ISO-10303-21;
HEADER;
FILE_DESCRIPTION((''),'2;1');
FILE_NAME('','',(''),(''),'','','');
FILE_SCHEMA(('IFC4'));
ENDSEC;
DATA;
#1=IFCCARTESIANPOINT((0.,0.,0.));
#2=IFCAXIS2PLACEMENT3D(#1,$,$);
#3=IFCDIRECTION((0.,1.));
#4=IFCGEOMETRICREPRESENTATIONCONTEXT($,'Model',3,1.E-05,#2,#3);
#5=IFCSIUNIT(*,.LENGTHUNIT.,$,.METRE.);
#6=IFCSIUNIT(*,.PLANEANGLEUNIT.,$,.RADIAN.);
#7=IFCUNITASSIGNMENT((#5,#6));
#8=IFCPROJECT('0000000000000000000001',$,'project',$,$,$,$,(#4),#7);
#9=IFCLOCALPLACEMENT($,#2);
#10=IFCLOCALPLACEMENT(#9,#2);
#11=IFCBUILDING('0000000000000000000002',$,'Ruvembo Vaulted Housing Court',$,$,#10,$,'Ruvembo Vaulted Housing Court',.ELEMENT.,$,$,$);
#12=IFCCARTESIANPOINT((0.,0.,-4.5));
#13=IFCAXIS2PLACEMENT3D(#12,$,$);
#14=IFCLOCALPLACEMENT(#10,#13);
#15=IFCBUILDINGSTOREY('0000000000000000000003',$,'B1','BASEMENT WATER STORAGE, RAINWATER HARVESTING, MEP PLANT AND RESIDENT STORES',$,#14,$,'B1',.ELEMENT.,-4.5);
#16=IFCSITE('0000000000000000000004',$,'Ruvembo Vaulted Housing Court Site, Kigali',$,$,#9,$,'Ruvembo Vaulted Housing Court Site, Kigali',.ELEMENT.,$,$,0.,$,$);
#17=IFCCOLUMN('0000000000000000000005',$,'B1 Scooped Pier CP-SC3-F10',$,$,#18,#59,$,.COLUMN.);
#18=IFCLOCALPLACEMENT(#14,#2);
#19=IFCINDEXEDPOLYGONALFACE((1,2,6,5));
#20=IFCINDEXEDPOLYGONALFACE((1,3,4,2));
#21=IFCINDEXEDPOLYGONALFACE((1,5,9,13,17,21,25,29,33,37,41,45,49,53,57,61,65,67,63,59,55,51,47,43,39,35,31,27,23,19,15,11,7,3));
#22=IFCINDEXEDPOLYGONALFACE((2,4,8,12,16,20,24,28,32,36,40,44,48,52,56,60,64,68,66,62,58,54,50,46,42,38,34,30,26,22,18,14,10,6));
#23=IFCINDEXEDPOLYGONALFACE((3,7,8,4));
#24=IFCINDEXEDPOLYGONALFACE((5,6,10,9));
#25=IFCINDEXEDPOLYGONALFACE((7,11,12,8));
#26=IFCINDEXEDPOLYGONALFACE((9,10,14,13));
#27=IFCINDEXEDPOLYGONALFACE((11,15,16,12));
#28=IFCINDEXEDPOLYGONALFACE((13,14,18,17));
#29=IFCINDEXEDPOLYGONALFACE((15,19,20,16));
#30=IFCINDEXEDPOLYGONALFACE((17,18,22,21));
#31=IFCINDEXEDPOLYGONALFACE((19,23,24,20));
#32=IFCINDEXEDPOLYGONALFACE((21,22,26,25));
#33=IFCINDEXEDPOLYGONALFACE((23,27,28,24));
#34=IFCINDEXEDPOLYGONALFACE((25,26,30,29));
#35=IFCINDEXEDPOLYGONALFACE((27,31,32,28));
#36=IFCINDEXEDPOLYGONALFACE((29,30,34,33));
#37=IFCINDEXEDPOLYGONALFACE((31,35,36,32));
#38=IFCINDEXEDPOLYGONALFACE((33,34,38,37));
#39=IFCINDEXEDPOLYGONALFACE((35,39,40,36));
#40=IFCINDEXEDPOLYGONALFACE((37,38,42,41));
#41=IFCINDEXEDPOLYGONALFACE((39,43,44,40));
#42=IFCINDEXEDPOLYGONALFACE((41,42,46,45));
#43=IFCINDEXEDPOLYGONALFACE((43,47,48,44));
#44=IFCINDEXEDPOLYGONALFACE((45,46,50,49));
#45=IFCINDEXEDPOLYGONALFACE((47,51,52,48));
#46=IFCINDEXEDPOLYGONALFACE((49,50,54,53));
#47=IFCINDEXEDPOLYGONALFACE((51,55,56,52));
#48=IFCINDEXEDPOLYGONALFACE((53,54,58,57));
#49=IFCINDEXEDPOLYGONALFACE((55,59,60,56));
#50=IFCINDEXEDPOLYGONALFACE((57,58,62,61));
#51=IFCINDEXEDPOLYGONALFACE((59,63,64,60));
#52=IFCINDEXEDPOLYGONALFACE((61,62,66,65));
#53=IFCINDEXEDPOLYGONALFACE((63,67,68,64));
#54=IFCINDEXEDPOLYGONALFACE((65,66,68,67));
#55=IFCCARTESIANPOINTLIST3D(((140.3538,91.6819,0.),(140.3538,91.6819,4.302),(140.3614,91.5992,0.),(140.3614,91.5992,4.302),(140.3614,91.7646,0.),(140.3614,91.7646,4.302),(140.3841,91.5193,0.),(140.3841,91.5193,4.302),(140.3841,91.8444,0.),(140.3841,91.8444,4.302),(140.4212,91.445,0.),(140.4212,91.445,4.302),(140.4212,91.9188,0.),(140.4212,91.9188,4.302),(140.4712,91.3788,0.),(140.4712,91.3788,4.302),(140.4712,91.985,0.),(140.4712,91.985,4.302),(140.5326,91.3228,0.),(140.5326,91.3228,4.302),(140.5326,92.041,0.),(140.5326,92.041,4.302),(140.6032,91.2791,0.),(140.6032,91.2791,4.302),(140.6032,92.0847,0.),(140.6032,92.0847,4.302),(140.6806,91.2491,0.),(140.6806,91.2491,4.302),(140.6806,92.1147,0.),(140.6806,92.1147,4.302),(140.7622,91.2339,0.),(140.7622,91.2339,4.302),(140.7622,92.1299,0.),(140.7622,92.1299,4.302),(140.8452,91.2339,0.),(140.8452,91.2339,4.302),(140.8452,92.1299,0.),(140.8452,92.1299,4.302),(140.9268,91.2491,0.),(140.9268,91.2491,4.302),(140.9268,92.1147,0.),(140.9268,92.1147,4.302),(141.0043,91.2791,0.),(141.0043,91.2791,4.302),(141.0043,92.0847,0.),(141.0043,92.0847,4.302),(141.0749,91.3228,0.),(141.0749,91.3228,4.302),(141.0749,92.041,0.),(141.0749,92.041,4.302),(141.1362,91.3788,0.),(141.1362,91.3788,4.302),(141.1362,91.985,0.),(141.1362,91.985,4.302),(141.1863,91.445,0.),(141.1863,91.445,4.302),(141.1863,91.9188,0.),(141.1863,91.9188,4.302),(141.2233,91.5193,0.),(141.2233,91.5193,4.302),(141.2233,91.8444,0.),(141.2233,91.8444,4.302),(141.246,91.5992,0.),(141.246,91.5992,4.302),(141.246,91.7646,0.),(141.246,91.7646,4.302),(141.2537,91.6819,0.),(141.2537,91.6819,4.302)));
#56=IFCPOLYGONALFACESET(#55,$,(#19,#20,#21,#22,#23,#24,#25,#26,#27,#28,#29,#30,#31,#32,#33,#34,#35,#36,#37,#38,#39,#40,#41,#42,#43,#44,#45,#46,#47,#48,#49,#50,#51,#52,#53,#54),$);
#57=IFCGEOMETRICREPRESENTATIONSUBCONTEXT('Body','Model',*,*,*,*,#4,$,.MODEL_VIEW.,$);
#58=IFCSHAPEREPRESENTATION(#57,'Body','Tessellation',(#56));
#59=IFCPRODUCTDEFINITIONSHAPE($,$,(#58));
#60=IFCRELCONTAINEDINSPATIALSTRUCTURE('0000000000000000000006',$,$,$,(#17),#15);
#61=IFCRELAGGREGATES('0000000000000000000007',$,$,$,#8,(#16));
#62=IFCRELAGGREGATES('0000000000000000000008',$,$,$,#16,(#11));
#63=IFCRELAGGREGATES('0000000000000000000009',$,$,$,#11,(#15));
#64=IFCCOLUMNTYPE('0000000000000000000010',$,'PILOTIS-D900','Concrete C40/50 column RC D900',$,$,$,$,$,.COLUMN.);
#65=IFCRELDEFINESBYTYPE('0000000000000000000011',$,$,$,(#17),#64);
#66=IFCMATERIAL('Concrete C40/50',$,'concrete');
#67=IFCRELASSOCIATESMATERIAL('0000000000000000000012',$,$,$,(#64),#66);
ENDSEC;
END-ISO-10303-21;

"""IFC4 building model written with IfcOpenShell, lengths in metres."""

from ifc_helpers import new_model, si_unit, direction, frame, origin, origin_2d, place, context, subcontext, project, spatial, circle, extrude, material, material_profile, profile_set, type_object, element, save


model = new_model("IFC4")

# Units and contexts
model_context = context("Model", 3, precision=1e-05, world=origin(), true_north=direction((0.0, 1.0)))
body_context = subcontext(model_context, "Body", "Model", "MODEL_VIEW")
ifc_project = project(units=[si_unit("LENGTHUNIT", "METRE"), si_unit("PLANEANGLEUNIT", "RADIAN")], contexts=[model_context])

# Site, building, storey
site_placement = place(None, origin())
site = spatial("IfcSite", under=ifc_project, at=site_placement, Name="Ruvembo Vaulted Housing Court Site, Kigali", LongName="Ruvembo Vaulted Housing Court Site, Kigali", CompositionType="ELEMENT", RefElevation=0.0)
building_placement = place(site_placement, origin())
building = spatial("IfcBuilding", under=site, at=building_placement, Name="Ruvembo Vaulted Housing Court", LongName="Ruvembo Vaulted Housing Court", CompositionType="ELEMENT")
storey_placement = place(building_placement, frame((0.0, 0.0, -4.5)))
storey = spatial("IfcBuildingStorey", under=building, at=storey_placement, Name="B1", Description="BASEMENT WATER STORAGE, RAINWATER HARVESTING, MEP PLANT AND RESIDENT STORES", LongName="B1", CompositionType="ELEMENT", Elevation=-4.5)

# Column
ifc_material_1 = material(Name="Concrete C40/50", Category="concrete")
ifc_material_profile_1 = material_profile(ifc_material_1, circle(Radius=0.45, at=origin_2d()), Name="RC D900")
ifc_profile_set_1 = profile_set([ifc_material_profile_1], Name="Concrete C40/50")
column_type_1 = type_object("IfcColumnType", Name="PILOTIS-D900", Description="Concrete C40/50 column RC D900", PredefinedType="COLUMN", material=ifc_profile_set_1)
for number, where, z_axis, x_axis, name in (
    (1, (140.8037, 91.6819, 0.0), (0.0, 0.0, 1.0), (1.0, 0.0, 0.0), "B1 Scooped Pier CP-SC3-F10"),
):
    element("IfcColumn", number, at=place(storey_placement, frame(where, z_axis=z_axis, x_axis=x_axis)), inside=storey, type_object=column_type_1, Name=name, PredefinedType="COLUMN", context=body_context, shape_type="SweptSolid", body=[
        extrude(circle(Radius=0.45, at=origin_2d()), origin(), (0.0, 0.0, 1.0), 4.302),
    ])

save(model, "model.ifc")
